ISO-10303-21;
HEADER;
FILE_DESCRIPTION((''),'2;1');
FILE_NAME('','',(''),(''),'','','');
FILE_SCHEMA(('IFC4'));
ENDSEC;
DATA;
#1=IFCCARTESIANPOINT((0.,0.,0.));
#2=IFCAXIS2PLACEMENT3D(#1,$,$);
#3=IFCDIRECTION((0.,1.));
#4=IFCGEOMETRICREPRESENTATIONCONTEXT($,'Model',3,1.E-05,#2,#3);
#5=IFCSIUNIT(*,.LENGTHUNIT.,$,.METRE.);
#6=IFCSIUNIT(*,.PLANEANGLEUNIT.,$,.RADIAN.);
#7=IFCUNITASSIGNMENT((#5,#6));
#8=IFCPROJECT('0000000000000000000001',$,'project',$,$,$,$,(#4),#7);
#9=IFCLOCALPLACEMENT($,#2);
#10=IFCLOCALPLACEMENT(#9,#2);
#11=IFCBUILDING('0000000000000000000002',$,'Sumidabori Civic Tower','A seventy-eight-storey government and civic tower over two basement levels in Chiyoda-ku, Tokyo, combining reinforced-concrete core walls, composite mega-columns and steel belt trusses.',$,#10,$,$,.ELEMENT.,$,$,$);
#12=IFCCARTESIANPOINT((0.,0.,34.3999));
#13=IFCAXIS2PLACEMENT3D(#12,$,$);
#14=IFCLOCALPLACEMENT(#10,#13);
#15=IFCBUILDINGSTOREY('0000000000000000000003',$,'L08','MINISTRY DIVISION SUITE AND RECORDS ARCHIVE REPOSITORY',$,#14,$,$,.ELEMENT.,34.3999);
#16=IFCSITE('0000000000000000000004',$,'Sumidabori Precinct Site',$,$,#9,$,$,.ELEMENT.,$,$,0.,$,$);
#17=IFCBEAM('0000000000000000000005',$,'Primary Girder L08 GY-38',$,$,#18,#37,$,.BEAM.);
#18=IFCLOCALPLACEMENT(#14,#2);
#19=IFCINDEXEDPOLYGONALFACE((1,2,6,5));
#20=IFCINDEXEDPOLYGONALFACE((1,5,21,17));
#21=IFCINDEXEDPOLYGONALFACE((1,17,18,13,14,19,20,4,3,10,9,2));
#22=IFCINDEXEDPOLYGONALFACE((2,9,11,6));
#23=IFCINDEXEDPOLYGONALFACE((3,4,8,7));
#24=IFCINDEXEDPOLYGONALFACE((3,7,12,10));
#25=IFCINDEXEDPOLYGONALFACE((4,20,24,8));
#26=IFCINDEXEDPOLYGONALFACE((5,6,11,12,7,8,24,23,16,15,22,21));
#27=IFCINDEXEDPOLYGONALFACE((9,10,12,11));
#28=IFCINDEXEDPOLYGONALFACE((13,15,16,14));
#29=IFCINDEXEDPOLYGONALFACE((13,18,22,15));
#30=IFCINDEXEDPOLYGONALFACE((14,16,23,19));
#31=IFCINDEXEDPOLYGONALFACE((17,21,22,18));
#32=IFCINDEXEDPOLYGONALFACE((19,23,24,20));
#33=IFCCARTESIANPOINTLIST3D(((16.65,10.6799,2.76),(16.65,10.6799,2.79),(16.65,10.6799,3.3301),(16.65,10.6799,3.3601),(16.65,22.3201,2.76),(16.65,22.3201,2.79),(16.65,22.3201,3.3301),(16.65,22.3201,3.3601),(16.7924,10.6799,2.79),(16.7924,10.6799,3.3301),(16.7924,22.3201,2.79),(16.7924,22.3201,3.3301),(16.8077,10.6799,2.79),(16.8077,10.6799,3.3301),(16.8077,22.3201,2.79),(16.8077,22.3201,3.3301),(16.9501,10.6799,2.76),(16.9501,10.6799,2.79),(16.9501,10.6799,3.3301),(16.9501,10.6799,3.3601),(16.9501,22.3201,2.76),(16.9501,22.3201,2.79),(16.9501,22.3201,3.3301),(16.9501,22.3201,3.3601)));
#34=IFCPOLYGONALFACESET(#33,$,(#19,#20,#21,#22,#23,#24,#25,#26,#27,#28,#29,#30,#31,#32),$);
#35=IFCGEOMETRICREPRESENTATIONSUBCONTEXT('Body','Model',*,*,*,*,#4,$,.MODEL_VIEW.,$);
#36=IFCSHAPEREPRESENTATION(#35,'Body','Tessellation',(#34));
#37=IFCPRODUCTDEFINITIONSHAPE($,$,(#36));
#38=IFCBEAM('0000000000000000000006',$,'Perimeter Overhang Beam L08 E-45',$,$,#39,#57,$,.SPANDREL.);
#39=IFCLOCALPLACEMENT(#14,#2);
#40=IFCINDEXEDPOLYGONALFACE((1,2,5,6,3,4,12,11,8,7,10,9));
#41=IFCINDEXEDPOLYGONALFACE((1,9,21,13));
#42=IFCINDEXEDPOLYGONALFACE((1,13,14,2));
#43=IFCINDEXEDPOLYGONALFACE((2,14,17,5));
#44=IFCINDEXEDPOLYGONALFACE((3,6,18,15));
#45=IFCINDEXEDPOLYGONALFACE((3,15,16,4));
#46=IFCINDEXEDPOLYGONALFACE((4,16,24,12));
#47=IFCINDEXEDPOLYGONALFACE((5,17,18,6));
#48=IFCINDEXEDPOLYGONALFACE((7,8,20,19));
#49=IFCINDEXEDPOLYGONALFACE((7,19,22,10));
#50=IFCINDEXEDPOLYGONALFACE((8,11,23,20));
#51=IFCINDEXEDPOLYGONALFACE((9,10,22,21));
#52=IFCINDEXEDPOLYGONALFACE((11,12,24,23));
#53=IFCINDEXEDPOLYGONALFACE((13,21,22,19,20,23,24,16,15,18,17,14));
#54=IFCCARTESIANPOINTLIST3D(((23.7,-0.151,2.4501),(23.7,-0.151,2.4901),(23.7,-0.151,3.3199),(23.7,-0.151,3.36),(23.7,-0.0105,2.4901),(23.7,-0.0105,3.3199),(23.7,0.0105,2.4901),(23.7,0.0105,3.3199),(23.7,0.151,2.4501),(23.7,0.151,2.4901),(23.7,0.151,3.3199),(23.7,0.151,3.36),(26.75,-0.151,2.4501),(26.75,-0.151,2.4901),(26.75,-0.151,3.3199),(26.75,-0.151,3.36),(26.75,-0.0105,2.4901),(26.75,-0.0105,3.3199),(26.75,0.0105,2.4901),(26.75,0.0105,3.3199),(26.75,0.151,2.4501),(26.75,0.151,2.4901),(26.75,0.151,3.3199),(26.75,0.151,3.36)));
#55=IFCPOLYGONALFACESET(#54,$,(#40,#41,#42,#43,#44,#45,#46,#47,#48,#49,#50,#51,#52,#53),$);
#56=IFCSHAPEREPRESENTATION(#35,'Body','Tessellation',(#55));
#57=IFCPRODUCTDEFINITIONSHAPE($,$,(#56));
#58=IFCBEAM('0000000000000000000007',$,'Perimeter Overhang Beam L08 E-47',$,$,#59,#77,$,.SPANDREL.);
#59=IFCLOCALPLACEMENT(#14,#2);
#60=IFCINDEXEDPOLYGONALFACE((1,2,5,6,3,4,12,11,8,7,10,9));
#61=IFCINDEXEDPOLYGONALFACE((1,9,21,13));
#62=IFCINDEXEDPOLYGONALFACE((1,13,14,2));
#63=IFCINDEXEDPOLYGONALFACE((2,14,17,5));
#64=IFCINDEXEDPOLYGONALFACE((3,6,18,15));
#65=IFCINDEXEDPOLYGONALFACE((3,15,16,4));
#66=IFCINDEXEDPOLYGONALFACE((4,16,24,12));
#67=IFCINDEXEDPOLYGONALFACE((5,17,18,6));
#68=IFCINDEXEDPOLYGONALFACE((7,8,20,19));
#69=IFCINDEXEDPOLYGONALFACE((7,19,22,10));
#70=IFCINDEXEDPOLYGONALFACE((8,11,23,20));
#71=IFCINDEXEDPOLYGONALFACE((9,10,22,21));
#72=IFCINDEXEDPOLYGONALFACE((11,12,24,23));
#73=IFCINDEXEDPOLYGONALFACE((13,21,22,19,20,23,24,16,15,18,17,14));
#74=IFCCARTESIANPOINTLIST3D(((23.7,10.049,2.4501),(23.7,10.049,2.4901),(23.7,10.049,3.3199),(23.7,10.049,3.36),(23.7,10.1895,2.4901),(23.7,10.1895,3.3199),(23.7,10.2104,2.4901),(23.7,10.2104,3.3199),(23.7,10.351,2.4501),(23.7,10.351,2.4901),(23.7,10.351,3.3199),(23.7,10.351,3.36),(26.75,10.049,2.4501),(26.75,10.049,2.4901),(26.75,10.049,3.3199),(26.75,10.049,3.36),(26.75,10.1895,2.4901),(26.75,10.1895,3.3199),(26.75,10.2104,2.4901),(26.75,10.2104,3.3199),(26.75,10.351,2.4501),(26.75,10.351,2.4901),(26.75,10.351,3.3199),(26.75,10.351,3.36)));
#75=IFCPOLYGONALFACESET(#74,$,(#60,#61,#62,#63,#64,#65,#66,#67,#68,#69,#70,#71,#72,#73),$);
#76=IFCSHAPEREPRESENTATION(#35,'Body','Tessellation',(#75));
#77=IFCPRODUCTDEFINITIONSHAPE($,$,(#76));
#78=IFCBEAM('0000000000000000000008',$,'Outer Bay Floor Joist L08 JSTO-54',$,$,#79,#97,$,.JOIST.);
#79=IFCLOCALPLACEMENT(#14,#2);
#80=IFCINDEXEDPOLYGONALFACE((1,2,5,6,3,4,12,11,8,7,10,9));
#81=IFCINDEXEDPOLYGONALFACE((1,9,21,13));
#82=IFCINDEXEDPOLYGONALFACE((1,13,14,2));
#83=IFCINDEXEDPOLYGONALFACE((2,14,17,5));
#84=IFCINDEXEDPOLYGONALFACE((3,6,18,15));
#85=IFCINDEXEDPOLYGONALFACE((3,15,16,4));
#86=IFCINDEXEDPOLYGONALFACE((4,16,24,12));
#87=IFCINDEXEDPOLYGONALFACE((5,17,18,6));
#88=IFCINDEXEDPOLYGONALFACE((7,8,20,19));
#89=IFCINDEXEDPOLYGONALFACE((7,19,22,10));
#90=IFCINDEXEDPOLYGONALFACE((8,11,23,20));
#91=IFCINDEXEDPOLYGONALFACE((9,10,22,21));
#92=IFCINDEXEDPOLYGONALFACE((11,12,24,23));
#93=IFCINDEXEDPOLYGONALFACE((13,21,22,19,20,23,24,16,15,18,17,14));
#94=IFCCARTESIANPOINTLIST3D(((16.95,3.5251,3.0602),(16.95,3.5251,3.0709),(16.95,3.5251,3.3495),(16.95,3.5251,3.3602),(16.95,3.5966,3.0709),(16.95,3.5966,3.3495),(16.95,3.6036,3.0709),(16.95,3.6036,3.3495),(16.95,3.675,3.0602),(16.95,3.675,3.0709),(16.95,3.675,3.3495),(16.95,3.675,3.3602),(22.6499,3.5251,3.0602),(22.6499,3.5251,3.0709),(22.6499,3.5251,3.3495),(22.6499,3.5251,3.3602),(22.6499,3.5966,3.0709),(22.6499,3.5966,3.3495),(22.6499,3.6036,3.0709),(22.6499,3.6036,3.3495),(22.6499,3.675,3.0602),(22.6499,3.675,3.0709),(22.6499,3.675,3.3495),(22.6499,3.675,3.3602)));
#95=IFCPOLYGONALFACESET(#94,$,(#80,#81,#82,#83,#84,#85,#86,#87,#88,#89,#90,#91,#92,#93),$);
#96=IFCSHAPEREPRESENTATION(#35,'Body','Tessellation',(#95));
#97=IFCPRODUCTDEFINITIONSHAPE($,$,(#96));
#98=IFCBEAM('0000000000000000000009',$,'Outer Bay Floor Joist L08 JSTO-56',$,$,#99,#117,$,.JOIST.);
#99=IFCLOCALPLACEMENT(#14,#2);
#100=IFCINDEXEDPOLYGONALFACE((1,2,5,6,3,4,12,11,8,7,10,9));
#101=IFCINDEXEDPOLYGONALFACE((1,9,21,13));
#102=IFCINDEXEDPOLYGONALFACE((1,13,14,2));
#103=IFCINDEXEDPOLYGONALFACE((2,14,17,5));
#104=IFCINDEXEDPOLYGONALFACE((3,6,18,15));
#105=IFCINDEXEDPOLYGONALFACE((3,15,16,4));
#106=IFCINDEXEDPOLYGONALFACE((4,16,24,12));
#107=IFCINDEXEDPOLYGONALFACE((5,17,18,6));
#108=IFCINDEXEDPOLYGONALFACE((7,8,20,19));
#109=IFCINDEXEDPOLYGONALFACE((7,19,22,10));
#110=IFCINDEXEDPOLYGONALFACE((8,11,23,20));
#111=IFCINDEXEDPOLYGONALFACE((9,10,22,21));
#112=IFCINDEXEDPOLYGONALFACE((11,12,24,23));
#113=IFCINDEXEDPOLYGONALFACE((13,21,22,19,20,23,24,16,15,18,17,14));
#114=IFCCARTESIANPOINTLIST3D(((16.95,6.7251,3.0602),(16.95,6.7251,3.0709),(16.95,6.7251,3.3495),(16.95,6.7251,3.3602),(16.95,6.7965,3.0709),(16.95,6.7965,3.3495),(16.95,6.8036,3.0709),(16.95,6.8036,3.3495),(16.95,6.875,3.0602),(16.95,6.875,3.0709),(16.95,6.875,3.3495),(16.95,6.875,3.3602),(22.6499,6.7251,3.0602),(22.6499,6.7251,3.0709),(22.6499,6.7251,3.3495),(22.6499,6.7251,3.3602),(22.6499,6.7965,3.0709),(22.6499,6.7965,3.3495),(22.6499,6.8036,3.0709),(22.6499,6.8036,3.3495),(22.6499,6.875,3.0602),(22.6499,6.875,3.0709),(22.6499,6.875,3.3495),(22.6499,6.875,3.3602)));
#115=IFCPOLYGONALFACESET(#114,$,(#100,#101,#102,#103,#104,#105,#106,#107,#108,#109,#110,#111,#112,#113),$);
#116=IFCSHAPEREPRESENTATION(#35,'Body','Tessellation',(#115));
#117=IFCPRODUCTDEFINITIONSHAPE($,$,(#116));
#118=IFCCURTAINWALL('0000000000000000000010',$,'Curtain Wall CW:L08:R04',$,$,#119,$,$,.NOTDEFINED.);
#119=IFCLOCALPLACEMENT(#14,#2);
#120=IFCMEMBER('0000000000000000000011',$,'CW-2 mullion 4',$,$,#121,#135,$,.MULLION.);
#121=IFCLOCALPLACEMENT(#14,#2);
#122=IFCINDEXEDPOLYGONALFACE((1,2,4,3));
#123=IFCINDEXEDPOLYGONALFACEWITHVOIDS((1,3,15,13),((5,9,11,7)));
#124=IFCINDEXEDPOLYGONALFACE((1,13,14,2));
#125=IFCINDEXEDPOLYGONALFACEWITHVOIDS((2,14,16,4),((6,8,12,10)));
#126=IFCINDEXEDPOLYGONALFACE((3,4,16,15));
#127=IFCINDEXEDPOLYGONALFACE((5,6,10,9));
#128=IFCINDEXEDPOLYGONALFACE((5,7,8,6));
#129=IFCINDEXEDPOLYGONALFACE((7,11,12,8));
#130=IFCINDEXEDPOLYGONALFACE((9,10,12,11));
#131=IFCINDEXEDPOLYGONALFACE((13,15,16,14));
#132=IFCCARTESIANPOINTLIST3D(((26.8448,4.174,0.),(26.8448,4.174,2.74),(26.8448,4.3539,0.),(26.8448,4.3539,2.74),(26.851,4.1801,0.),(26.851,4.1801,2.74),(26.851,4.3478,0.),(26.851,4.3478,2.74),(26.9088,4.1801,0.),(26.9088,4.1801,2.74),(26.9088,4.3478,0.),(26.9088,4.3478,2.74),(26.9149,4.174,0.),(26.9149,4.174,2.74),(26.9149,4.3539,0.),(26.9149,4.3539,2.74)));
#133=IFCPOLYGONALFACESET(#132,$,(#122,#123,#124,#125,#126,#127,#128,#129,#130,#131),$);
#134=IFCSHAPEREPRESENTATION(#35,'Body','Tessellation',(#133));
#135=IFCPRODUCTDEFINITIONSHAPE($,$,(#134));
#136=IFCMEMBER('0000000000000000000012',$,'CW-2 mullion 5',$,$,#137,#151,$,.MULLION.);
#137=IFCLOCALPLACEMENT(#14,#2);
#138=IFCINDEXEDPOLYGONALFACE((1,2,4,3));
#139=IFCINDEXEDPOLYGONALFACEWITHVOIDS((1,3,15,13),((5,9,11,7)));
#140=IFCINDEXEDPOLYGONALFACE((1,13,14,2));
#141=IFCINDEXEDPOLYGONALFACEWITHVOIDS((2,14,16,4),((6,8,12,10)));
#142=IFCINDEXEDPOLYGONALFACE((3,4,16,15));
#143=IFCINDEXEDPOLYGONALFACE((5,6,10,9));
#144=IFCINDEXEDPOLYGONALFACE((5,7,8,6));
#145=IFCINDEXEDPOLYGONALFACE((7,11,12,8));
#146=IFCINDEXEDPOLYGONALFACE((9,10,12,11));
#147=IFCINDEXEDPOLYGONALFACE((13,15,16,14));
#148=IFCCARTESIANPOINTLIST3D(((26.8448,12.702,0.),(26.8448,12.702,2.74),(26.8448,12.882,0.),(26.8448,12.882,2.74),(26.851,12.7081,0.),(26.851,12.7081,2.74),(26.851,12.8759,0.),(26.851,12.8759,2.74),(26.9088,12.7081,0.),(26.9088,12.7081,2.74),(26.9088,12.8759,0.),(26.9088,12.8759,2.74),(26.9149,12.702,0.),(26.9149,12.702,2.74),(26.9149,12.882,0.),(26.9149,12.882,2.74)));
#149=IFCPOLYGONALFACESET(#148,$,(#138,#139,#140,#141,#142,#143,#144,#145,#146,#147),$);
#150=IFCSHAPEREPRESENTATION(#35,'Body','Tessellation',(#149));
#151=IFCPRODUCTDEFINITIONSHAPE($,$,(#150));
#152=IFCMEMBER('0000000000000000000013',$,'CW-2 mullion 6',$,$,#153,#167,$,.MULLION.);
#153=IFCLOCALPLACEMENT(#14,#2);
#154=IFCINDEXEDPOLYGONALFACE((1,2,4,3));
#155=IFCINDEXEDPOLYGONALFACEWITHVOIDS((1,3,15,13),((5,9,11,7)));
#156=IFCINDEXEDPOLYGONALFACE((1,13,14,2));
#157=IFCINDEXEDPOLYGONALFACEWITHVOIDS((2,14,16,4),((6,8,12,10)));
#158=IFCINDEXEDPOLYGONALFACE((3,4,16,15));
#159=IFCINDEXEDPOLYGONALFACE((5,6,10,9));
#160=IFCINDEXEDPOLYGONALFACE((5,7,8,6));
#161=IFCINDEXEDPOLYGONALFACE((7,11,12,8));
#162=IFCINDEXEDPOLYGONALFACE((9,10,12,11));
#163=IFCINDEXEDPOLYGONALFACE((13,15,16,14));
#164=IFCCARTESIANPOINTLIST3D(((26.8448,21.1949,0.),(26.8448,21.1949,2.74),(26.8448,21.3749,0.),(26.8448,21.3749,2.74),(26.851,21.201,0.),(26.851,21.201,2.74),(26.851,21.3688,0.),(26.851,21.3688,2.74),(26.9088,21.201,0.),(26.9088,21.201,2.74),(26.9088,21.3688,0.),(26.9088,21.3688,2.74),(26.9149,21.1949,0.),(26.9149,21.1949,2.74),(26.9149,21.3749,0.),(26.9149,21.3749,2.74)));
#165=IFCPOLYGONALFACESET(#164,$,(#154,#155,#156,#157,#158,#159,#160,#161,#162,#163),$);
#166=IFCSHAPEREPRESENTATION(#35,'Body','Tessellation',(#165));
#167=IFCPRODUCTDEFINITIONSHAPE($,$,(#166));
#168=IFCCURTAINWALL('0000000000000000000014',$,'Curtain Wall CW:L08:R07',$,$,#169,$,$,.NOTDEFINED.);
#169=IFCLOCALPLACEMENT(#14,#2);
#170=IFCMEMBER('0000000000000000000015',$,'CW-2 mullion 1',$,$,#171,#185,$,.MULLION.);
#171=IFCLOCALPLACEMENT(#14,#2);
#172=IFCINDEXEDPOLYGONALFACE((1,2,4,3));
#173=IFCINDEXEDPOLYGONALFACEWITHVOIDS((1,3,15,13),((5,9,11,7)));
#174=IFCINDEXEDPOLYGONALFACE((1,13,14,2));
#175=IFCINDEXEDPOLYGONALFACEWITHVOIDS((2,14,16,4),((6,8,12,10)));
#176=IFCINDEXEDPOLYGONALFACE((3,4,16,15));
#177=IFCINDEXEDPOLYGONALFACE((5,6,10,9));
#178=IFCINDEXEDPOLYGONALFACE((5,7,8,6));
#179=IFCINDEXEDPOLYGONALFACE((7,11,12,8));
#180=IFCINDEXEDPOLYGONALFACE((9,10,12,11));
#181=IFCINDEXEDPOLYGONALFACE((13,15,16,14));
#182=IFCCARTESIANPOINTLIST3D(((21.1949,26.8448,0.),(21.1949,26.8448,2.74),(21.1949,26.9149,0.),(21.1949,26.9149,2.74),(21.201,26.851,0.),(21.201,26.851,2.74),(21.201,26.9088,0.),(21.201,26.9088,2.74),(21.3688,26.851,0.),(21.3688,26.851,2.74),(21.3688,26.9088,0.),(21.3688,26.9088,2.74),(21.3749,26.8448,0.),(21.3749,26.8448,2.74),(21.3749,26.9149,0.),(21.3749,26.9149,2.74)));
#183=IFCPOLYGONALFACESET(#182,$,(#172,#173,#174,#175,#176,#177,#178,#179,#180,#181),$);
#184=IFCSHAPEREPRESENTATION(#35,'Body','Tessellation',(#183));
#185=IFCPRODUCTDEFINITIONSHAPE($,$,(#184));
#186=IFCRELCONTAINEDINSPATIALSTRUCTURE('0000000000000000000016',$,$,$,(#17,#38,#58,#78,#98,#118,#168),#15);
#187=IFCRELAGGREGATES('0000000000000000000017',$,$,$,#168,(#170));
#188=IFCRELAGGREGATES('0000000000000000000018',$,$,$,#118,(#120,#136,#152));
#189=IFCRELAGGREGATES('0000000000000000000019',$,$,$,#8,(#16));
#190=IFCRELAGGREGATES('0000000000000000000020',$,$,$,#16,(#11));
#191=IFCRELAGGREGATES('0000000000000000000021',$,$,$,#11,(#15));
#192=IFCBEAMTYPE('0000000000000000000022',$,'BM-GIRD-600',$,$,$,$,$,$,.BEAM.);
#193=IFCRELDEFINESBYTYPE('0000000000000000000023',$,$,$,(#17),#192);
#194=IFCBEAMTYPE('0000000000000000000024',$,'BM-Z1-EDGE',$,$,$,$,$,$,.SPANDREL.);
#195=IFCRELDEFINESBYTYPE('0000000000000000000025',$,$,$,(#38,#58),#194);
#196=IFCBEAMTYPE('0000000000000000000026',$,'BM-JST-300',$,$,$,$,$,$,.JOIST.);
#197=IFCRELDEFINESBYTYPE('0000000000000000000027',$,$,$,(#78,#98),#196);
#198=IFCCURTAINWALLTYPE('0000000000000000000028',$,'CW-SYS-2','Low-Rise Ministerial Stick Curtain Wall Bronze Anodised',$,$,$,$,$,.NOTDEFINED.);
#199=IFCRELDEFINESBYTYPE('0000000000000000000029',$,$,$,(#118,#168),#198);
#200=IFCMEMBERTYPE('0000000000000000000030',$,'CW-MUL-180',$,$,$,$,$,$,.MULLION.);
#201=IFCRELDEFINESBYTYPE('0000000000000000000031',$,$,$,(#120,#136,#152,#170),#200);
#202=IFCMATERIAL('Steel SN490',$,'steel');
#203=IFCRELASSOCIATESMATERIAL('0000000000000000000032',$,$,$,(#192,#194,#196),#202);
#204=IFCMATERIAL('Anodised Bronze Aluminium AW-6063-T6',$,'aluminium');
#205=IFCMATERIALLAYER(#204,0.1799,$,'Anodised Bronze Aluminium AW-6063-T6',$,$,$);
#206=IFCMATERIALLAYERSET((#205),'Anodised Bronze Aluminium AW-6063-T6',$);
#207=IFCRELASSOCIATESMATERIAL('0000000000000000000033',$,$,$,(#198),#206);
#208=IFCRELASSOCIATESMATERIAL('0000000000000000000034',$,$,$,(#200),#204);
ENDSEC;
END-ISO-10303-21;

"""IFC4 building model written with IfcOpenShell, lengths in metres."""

from ifc_helpers import new_model, si_unit, direction, frame, origin, origin_2d, place, context, subcontext, project, spatial, hollow_rectangle, i_section, extrude, source, transform, mapped, material, layer, layer_set, material_profile, profile_set, type_object, element, aggregate, save


model = new_model("IFC4")

# Units and contexts
model_context = context("Model", 3, precision=1e-05, world=origin(), true_north=direction((0.0, 1.0)))
body_context = subcontext(model_context, "Body", "Model", "MODEL_VIEW")
ifc_project = project(units=[si_unit("LENGTHUNIT", "METRE"), si_unit("PLANEANGLEUNIT", "RADIAN")], contexts=[model_context])

# Site, building, storey
site_placement = place(None, origin())
site = spatial("IfcSite", under=ifc_project, at=site_placement, Name="Sumidabori Precinct Site", CompositionType="ELEMENT", RefElevation=0.0)
building_placement = place(site_placement, origin())
building = spatial("IfcBuilding", under=site, at=building_placement, Name="Sumidabori Civic Tower", Description="A seventy-eight-storey government and civic tower over two basement levels in Chiyoda-ku, Tokyo, combining reinforced-concrete core walls, composite mega-columns and steel belt trusses.", CompositionType="ELEMENT")
storey_placement = place(building_placement, frame((0.0, 0.0, 34.3999)))
storey = spatial("IfcBuildingStorey", under=building, at=storey_placement, Name="L08", Description="MINISTRY DIVISION SUITE AND RECORDS ARCHIVE REPOSITORY", CompositionType="ELEMENT", Elevation=34.3999)

# Beams
ifc_material_1 = material(Name="Steel SN490", Category="steel")
ifc_material_profile_1 = material_profile(ifc_material_1, i_section(OverallWidth=0.3, OverallDepth=0.6001, WebThickness=0.0154, FlangeThickness=0.03, at=origin_2d()), Name="HE 600 B")
ifc_profile_set_1 = profile_set([ifc_material_profile_1], Name="Steel SN490")
beam_type_1 = type_object("IfcBeamType", Name="BM-GIRD-600", PredefinedType="BEAM", material=ifc_profile_set_1)
shared_shape_1 = source(origin(), body_context, "Body", "SweptSolid", [
    extrude(i_section(OverallWidth=0.3, OverallDepth=0.6001, WebThickness=0.0154, FlangeThickness=0.03, at=origin_2d()), origin(), (0.0, 0.0, 1.0), 11.6401),
])
beam_1_placement = place(storey_placement, frame((16.8, 10.6799, 3.0601), z_axis=(0.0, 1.0, 0.0), x_axis=(-1.0, 0.0, 0.0)))
element("IfcBeam", 1, at=beam_1_placement, inside=storey, type_object=beam_type_1, Name="Primary Girder L08 GY-38", PredefinedType="BEAM", context=body_context, shape_type="MappedRepresentation", body=[
    mapped(shared_shape_1, transform((0.0, 0.0, 0.0), x_axis=(1.0, 0.0, 0.0), y_axis=(0.0, 1.0, 0.0), z_axis=(0.0, 0.0, 1.0), scale=1.0)),
])
ifc_material_profile_2 = material_profile(ifc_material_1, i_section(OverallWidth=0.302, OverallDepth=0.9099, WebThickness=0.021, FlangeThickness=0.04, at=origin_2d()), Name="HE 900 M")
ifc_profile_set_2 = profile_set([ifc_material_profile_2], Name="Steel SN490")
beam_type_2 = type_object("IfcBeamType", Name="BM-Z1-EDGE", PredefinedType="SPANDREL", material=ifc_profile_set_2)
shared_shape_2 = source(origin(), body_context, "Body", "SweptSolid", [
    extrude(i_section(OverallWidth=0.302, OverallDepth=0.9099, WebThickness=0.021, FlangeThickness=0.04, at=origin_2d()), origin(), (0.0, 0.0, 1.0), 3.05),
])
for number, where, z_axis, x_axis, name in (
    (2, (23.7, 0.0, 2.905), (1.0, 0.0, 0.0), (0.0, 1.0, 0.0), "Perimeter Overhang Beam L08 E-45"),
    (3, (23.7, 10.2, 2.905), (1.0, 0.0, 0.0), (0.0, 1.0, 0.0), "Perimeter Overhang Beam L08 E-47"),
):
    element("IfcBeam", number, at=place(storey_placement, frame(where, z_axis=z_axis, x_axis=x_axis)), inside=storey, type_object=beam_type_2, Name=name, PredefinedType="SPANDREL", context=body_context, shape_type="MappedRepresentation", body=[
        mapped(shared_shape_2, transform((0.0, 0.0, 0.0), x_axis=(1.0, 0.0, 0.0), y_axis=(0.0, 1.0, 0.0), z_axis=(0.0, 0.0, 1.0), scale=1.0)),
    ])
ifc_material_profile_3 = material_profile(ifc_material_1, i_section(OverallWidth=0.1499, OverallDepth=0.3, WebThickness=0.0071, FlangeThickness=0.0107, at=origin_2d()), Name="IPE 300")
ifc_profile_set_3 = profile_set([ifc_material_profile_3], Name="Steel SN490")
beam_type_3 = type_object("IfcBeamType", Name="BM-JST-300", PredefinedType="JOIST", material=ifc_profile_set_3)
shared_shape_3 = source(origin(), body_context, "Body", "SweptSolid", [
    extrude(i_section(OverallWidth=0.1499, OverallDepth=0.3, WebThickness=0.0071, FlangeThickness=0.0107, at=origin_2d()), origin(), (0.0, 0.0, 1.0), 5.7),
])
for number, where, z_axis, x_axis, name in (
    (4, (16.95, 3.6001, 3.2102), (1.0, 0.0, 0.0), (0.0, 1.0, 0.0), "Outer Bay Floor Joist L08 JSTO-54"),
    (5, (16.95, 6.8, 3.2102), (1.0, 0.0, 0.0), (0.0, 1.0, 0.0), "Outer Bay Floor Joist L08 JSTO-56"),
):
    element("IfcBeam", number, at=place(storey_placement, frame(where, z_axis=z_axis, x_axis=x_axis)), inside=storey, type_object=beam_type_3, Name=name, PredefinedType="JOIST", context=body_context, shape_type="MappedRepresentation", body=[
        mapped(shared_shape_3, transform((0.0, 0.0, 0.0), x_axis=(1.0, 0.0, 0.0), y_axis=(0.0, 1.0, 0.0), z_axis=(0.0, 0.0, 1.0), scale=1.0)),
    ])

# Curtain wall, members
ifc_material_2 = material(Name="Anodised Bronze Aluminium AW-6063-T6", Category="aluminium")
ifc_layer_1 = layer(ifc_material_2, 0.1799, Name="Anodised Bronze Aluminium AW-6063-T6")
ifc_layer_set_1 = layer_set([ifc_layer_1], Name="Anodised Bronze Aluminium AW-6063-T6")
curtain_wall_type = type_object("IfcCurtainWallType", Name="CW-SYS-2", Description="Low-Rise Ministerial Stick Curtain Wall Bronze Anodised", PredefinedType="NOTDEFINED", material=ifc_layer_set_1)
curtain_wall_1_placement = place(storey_placement, origin())
curtain_wall_1 = element("IfcCurtainWall", 6, at=curtain_wall_1_placement, inside=storey, type_object=curtain_wall_type, Name="Curtain Wall CW:L08:R04", PredefinedType="NOTDEFINED")
ifc_material_profile_4 = material_profile(ifc_material_2, hollow_rectangle(XDim=0.0701, YDim=0.1799, WallThickness=0.0061, at=origin_2d()), Name="ALU MULLION 180x70")
ifc_profile_set_4 = profile_set([ifc_material_profile_4], Name="Anodised Bronze Aluminium AW-6063-T6")
member_type_1 = type_object("IfcMemberType", Name="CW-MUL-180", PredefinedType="MULLION", material=ifc_profile_set_4)
shared_shape_4 = source(origin(), body_context, "Body", "SweptSolid", [
    extrude(hollow_rectangle(XDim=0.0701, YDim=0.1799, WallThickness=0.0061, at=origin_2d()), origin(), (0.0, 0.0, 1.0), 2.74),
])
member_1_placement = place(storey_placement, frame((26.8799, 4.2639, 0.0), z_axis=(0.0, 0.0, 1.0), x_axis=(-1.0, 0.0, 0.0)))
member_1 = element("IfcMember", 7, at=member_1_placement, type_object=member_type_1, Name="CW-2 mullion 4", PredefinedType="MULLION", context=body_context, shape_type="MappedRepresentation", body=[
    mapped(shared_shape_4, transform((0.0, 0.0, 0.0), x_axis=(1.0, 0.0, 0.0), y_axis=(0.0, 1.0, 0.0), z_axis=(0.0, 0.0, 1.0), scale=1.0)),
])
member_2_placement = place(storey_placement, frame((26.8799, 12.792, 0.0), z_axis=(0.0, 0.0, 1.0), x_axis=(-1.0, 0.0, 0.0)))
member_2 = element("IfcMember", 8, at=member_2_placement, type_object=member_type_1, Name="CW-2 mullion 5", PredefinedType="MULLION", context=body_context, shape_type="MappedRepresentation", body=[
    mapped(shared_shape_4, transform((0.0, 0.0, 0.0), x_axis=(1.0, 0.0, 0.0), y_axis=(0.0, 1.0, 0.0), z_axis=(0.0, 0.0, 1.0), scale=1.0)),
])
member_3_placement = place(storey_placement, frame((26.8799, 21.2849, 0.0), z_axis=(0.0, 0.0, 1.0), x_axis=(-1.0, 0.0, 0.0)))
member_3 = element("IfcMember", 9, at=member_3_placement, type_object=member_type_1, Name="CW-2 mullion 6", PredefinedType="MULLION", context=body_context, shape_type="MappedRepresentation", body=[
    mapped(shared_shape_4, transform((0.0, 0.0, 0.0), x_axis=(1.0, 0.0, 0.0), y_axis=(0.0, 1.0, 0.0), z_axis=(0.0, 0.0, 1.0), scale=1.0)),
])

# Curtain wall, member
curtain_wall_2_placement = place(storey_placement, origin())
curtain_wall_2 = element("IfcCurtainWall", 10, at=curtain_wall_2_placement, inside=storey, type_object=curtain_wall_type, Name="Curtain Wall CW:L08:R07", PredefinedType="NOTDEFINED")
member_4_placement = place(storey_placement, frame((21.2849, 26.8799, 0.0), z_axis=(0.0, 0.0, 1.0), x_axis=(0.0, -1.0, 0.0)))
member_4 = element("IfcMember", 11, at=member_4_placement, type_object=member_type_1, Name="CW-2 mullion 1", PredefinedType="MULLION", context=body_context, shape_type="MappedRepresentation", body=[
    mapped(shared_shape_4, transform((0.0, 0.0, 0.0), x_axis=(1.0, 0.0, 0.0), y_axis=(0.0, 1.0, 0.0), z_axis=(0.0, 0.0, 1.0), scale=1.0)),
])

aggregate(curtain_wall_2, [member_4])
aggregate(curtain_wall_1, [member_1, member_2, member_3])

save(model, "model.ifc")
